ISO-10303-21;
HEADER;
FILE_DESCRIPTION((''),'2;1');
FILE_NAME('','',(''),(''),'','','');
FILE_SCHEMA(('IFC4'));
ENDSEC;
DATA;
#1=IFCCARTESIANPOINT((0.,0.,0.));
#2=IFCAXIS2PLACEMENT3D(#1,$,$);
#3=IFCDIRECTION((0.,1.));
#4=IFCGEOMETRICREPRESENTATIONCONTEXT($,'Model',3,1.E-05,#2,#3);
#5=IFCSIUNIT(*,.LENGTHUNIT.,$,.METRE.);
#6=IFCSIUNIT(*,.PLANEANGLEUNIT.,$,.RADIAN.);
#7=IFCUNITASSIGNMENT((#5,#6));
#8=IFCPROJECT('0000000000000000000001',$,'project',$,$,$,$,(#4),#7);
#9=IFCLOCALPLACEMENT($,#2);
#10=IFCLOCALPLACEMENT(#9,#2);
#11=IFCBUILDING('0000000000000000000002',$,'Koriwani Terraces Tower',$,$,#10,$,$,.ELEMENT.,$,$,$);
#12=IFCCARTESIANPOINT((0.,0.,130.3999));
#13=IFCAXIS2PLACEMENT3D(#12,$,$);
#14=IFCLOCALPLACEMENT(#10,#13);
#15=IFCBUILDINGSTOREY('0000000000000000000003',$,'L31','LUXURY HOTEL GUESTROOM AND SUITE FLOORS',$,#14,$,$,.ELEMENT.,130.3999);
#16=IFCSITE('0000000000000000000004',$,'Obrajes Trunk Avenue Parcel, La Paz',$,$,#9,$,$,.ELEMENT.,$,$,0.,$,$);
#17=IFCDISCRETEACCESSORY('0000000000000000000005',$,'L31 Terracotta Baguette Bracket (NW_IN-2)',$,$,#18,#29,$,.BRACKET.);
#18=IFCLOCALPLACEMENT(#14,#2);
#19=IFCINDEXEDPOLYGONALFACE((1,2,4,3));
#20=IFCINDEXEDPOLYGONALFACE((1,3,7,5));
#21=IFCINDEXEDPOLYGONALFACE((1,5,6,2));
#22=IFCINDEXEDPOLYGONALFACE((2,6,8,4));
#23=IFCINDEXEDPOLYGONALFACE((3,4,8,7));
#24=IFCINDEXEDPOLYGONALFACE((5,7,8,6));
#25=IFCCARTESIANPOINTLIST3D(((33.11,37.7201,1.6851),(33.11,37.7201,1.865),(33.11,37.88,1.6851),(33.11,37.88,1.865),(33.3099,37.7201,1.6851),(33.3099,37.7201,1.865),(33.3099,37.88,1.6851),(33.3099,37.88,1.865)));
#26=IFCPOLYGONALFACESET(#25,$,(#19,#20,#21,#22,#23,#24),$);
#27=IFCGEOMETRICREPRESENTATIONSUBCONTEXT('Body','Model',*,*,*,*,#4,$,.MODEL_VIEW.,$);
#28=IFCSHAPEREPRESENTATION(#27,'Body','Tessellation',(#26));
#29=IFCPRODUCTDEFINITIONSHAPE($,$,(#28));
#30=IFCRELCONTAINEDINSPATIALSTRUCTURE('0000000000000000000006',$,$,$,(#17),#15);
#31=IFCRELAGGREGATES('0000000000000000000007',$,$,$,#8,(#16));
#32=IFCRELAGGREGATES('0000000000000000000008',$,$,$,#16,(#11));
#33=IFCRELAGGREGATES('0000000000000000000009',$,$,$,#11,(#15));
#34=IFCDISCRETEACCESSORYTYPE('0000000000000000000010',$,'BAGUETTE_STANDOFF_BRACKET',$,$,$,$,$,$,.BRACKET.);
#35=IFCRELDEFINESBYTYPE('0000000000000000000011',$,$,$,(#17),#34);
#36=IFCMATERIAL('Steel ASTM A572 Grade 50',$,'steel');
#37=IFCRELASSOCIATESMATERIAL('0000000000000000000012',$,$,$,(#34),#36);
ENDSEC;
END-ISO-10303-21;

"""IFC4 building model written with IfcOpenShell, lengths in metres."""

from ifc_helpers import new_model, si_unit, direction, frame, origin, origin_2d, place, context, subcontext, project, spatial, rectangle, extrude, material, type_object, element, save


model = new_model("IFC4")

# Units and contexts
model_context = context("Model", 3, precision=1e-05, world=origin(), true_north=direction((0.0, 1.0)))
body_context = subcontext(model_context, "Body", "Model", "MODEL_VIEW")
ifc_project = project(units=[si_unit("LENGTHUNIT", "METRE"), si_unit("PLANEANGLEUNIT", "RADIAN")], contexts=[model_context])

# Site, building, storey
site_placement = place(None, origin())
site = spatial("IfcSite", under=ifc_project, at=site_placement, Name="Obrajes Trunk Avenue Parcel, La Paz", CompositionType="ELEMENT", RefElevation=0.0)
building_placement = place(site_placement, origin())
building = spatial("IfcBuilding", under=site, at=building_placement, Name="Koriwani Terraces Tower", CompositionType="ELEMENT")
storey_placement = place(building_placement, frame((0.0, 0.0, 130.3999)))
storey = spatial("IfcBuildingStorey", under=building, at=storey_placement, Name="L31", Description="LUXURY HOTEL GUESTROOM AND SUITE FLOORS", CompositionType="ELEMENT", Elevation=130.3999)

# Shared definitions
ifc_material_1 = material(Name="Steel ASTM A572 Grade 50", Category="steel")

# Discrete accessory
discrete_accessory_type = type_object("IfcDiscreteAccessoryType", Name="BAGUETTE_STANDOFF_BRACKET", PredefinedType="BRACKET", material=ifc_material_1)
discrete_accessory_placement = place(storey_placement, frame((33.21, 37.8, 1.6851), z_axis=(0.0, 0.0, 1.0), x_axis=(0.0, -1.0, 0.0)))
element("IfcDiscreteAccessory", 1, at=discrete_accessory_placement, inside=storey, type_object=discrete_accessory_type, Name="L31 Terracotta Baguette Bracket (NW_IN-2)", PredefinedType="BRACKET", context=body_context, shape_type="SweptSolid", body=[
    extrude(rectangle(XDim=0.1599, YDim=0.2, at=origin_2d()), origin(), (0.0, 0.0, 1.0), 0.1799),
])

save(model, "model.ifc")
